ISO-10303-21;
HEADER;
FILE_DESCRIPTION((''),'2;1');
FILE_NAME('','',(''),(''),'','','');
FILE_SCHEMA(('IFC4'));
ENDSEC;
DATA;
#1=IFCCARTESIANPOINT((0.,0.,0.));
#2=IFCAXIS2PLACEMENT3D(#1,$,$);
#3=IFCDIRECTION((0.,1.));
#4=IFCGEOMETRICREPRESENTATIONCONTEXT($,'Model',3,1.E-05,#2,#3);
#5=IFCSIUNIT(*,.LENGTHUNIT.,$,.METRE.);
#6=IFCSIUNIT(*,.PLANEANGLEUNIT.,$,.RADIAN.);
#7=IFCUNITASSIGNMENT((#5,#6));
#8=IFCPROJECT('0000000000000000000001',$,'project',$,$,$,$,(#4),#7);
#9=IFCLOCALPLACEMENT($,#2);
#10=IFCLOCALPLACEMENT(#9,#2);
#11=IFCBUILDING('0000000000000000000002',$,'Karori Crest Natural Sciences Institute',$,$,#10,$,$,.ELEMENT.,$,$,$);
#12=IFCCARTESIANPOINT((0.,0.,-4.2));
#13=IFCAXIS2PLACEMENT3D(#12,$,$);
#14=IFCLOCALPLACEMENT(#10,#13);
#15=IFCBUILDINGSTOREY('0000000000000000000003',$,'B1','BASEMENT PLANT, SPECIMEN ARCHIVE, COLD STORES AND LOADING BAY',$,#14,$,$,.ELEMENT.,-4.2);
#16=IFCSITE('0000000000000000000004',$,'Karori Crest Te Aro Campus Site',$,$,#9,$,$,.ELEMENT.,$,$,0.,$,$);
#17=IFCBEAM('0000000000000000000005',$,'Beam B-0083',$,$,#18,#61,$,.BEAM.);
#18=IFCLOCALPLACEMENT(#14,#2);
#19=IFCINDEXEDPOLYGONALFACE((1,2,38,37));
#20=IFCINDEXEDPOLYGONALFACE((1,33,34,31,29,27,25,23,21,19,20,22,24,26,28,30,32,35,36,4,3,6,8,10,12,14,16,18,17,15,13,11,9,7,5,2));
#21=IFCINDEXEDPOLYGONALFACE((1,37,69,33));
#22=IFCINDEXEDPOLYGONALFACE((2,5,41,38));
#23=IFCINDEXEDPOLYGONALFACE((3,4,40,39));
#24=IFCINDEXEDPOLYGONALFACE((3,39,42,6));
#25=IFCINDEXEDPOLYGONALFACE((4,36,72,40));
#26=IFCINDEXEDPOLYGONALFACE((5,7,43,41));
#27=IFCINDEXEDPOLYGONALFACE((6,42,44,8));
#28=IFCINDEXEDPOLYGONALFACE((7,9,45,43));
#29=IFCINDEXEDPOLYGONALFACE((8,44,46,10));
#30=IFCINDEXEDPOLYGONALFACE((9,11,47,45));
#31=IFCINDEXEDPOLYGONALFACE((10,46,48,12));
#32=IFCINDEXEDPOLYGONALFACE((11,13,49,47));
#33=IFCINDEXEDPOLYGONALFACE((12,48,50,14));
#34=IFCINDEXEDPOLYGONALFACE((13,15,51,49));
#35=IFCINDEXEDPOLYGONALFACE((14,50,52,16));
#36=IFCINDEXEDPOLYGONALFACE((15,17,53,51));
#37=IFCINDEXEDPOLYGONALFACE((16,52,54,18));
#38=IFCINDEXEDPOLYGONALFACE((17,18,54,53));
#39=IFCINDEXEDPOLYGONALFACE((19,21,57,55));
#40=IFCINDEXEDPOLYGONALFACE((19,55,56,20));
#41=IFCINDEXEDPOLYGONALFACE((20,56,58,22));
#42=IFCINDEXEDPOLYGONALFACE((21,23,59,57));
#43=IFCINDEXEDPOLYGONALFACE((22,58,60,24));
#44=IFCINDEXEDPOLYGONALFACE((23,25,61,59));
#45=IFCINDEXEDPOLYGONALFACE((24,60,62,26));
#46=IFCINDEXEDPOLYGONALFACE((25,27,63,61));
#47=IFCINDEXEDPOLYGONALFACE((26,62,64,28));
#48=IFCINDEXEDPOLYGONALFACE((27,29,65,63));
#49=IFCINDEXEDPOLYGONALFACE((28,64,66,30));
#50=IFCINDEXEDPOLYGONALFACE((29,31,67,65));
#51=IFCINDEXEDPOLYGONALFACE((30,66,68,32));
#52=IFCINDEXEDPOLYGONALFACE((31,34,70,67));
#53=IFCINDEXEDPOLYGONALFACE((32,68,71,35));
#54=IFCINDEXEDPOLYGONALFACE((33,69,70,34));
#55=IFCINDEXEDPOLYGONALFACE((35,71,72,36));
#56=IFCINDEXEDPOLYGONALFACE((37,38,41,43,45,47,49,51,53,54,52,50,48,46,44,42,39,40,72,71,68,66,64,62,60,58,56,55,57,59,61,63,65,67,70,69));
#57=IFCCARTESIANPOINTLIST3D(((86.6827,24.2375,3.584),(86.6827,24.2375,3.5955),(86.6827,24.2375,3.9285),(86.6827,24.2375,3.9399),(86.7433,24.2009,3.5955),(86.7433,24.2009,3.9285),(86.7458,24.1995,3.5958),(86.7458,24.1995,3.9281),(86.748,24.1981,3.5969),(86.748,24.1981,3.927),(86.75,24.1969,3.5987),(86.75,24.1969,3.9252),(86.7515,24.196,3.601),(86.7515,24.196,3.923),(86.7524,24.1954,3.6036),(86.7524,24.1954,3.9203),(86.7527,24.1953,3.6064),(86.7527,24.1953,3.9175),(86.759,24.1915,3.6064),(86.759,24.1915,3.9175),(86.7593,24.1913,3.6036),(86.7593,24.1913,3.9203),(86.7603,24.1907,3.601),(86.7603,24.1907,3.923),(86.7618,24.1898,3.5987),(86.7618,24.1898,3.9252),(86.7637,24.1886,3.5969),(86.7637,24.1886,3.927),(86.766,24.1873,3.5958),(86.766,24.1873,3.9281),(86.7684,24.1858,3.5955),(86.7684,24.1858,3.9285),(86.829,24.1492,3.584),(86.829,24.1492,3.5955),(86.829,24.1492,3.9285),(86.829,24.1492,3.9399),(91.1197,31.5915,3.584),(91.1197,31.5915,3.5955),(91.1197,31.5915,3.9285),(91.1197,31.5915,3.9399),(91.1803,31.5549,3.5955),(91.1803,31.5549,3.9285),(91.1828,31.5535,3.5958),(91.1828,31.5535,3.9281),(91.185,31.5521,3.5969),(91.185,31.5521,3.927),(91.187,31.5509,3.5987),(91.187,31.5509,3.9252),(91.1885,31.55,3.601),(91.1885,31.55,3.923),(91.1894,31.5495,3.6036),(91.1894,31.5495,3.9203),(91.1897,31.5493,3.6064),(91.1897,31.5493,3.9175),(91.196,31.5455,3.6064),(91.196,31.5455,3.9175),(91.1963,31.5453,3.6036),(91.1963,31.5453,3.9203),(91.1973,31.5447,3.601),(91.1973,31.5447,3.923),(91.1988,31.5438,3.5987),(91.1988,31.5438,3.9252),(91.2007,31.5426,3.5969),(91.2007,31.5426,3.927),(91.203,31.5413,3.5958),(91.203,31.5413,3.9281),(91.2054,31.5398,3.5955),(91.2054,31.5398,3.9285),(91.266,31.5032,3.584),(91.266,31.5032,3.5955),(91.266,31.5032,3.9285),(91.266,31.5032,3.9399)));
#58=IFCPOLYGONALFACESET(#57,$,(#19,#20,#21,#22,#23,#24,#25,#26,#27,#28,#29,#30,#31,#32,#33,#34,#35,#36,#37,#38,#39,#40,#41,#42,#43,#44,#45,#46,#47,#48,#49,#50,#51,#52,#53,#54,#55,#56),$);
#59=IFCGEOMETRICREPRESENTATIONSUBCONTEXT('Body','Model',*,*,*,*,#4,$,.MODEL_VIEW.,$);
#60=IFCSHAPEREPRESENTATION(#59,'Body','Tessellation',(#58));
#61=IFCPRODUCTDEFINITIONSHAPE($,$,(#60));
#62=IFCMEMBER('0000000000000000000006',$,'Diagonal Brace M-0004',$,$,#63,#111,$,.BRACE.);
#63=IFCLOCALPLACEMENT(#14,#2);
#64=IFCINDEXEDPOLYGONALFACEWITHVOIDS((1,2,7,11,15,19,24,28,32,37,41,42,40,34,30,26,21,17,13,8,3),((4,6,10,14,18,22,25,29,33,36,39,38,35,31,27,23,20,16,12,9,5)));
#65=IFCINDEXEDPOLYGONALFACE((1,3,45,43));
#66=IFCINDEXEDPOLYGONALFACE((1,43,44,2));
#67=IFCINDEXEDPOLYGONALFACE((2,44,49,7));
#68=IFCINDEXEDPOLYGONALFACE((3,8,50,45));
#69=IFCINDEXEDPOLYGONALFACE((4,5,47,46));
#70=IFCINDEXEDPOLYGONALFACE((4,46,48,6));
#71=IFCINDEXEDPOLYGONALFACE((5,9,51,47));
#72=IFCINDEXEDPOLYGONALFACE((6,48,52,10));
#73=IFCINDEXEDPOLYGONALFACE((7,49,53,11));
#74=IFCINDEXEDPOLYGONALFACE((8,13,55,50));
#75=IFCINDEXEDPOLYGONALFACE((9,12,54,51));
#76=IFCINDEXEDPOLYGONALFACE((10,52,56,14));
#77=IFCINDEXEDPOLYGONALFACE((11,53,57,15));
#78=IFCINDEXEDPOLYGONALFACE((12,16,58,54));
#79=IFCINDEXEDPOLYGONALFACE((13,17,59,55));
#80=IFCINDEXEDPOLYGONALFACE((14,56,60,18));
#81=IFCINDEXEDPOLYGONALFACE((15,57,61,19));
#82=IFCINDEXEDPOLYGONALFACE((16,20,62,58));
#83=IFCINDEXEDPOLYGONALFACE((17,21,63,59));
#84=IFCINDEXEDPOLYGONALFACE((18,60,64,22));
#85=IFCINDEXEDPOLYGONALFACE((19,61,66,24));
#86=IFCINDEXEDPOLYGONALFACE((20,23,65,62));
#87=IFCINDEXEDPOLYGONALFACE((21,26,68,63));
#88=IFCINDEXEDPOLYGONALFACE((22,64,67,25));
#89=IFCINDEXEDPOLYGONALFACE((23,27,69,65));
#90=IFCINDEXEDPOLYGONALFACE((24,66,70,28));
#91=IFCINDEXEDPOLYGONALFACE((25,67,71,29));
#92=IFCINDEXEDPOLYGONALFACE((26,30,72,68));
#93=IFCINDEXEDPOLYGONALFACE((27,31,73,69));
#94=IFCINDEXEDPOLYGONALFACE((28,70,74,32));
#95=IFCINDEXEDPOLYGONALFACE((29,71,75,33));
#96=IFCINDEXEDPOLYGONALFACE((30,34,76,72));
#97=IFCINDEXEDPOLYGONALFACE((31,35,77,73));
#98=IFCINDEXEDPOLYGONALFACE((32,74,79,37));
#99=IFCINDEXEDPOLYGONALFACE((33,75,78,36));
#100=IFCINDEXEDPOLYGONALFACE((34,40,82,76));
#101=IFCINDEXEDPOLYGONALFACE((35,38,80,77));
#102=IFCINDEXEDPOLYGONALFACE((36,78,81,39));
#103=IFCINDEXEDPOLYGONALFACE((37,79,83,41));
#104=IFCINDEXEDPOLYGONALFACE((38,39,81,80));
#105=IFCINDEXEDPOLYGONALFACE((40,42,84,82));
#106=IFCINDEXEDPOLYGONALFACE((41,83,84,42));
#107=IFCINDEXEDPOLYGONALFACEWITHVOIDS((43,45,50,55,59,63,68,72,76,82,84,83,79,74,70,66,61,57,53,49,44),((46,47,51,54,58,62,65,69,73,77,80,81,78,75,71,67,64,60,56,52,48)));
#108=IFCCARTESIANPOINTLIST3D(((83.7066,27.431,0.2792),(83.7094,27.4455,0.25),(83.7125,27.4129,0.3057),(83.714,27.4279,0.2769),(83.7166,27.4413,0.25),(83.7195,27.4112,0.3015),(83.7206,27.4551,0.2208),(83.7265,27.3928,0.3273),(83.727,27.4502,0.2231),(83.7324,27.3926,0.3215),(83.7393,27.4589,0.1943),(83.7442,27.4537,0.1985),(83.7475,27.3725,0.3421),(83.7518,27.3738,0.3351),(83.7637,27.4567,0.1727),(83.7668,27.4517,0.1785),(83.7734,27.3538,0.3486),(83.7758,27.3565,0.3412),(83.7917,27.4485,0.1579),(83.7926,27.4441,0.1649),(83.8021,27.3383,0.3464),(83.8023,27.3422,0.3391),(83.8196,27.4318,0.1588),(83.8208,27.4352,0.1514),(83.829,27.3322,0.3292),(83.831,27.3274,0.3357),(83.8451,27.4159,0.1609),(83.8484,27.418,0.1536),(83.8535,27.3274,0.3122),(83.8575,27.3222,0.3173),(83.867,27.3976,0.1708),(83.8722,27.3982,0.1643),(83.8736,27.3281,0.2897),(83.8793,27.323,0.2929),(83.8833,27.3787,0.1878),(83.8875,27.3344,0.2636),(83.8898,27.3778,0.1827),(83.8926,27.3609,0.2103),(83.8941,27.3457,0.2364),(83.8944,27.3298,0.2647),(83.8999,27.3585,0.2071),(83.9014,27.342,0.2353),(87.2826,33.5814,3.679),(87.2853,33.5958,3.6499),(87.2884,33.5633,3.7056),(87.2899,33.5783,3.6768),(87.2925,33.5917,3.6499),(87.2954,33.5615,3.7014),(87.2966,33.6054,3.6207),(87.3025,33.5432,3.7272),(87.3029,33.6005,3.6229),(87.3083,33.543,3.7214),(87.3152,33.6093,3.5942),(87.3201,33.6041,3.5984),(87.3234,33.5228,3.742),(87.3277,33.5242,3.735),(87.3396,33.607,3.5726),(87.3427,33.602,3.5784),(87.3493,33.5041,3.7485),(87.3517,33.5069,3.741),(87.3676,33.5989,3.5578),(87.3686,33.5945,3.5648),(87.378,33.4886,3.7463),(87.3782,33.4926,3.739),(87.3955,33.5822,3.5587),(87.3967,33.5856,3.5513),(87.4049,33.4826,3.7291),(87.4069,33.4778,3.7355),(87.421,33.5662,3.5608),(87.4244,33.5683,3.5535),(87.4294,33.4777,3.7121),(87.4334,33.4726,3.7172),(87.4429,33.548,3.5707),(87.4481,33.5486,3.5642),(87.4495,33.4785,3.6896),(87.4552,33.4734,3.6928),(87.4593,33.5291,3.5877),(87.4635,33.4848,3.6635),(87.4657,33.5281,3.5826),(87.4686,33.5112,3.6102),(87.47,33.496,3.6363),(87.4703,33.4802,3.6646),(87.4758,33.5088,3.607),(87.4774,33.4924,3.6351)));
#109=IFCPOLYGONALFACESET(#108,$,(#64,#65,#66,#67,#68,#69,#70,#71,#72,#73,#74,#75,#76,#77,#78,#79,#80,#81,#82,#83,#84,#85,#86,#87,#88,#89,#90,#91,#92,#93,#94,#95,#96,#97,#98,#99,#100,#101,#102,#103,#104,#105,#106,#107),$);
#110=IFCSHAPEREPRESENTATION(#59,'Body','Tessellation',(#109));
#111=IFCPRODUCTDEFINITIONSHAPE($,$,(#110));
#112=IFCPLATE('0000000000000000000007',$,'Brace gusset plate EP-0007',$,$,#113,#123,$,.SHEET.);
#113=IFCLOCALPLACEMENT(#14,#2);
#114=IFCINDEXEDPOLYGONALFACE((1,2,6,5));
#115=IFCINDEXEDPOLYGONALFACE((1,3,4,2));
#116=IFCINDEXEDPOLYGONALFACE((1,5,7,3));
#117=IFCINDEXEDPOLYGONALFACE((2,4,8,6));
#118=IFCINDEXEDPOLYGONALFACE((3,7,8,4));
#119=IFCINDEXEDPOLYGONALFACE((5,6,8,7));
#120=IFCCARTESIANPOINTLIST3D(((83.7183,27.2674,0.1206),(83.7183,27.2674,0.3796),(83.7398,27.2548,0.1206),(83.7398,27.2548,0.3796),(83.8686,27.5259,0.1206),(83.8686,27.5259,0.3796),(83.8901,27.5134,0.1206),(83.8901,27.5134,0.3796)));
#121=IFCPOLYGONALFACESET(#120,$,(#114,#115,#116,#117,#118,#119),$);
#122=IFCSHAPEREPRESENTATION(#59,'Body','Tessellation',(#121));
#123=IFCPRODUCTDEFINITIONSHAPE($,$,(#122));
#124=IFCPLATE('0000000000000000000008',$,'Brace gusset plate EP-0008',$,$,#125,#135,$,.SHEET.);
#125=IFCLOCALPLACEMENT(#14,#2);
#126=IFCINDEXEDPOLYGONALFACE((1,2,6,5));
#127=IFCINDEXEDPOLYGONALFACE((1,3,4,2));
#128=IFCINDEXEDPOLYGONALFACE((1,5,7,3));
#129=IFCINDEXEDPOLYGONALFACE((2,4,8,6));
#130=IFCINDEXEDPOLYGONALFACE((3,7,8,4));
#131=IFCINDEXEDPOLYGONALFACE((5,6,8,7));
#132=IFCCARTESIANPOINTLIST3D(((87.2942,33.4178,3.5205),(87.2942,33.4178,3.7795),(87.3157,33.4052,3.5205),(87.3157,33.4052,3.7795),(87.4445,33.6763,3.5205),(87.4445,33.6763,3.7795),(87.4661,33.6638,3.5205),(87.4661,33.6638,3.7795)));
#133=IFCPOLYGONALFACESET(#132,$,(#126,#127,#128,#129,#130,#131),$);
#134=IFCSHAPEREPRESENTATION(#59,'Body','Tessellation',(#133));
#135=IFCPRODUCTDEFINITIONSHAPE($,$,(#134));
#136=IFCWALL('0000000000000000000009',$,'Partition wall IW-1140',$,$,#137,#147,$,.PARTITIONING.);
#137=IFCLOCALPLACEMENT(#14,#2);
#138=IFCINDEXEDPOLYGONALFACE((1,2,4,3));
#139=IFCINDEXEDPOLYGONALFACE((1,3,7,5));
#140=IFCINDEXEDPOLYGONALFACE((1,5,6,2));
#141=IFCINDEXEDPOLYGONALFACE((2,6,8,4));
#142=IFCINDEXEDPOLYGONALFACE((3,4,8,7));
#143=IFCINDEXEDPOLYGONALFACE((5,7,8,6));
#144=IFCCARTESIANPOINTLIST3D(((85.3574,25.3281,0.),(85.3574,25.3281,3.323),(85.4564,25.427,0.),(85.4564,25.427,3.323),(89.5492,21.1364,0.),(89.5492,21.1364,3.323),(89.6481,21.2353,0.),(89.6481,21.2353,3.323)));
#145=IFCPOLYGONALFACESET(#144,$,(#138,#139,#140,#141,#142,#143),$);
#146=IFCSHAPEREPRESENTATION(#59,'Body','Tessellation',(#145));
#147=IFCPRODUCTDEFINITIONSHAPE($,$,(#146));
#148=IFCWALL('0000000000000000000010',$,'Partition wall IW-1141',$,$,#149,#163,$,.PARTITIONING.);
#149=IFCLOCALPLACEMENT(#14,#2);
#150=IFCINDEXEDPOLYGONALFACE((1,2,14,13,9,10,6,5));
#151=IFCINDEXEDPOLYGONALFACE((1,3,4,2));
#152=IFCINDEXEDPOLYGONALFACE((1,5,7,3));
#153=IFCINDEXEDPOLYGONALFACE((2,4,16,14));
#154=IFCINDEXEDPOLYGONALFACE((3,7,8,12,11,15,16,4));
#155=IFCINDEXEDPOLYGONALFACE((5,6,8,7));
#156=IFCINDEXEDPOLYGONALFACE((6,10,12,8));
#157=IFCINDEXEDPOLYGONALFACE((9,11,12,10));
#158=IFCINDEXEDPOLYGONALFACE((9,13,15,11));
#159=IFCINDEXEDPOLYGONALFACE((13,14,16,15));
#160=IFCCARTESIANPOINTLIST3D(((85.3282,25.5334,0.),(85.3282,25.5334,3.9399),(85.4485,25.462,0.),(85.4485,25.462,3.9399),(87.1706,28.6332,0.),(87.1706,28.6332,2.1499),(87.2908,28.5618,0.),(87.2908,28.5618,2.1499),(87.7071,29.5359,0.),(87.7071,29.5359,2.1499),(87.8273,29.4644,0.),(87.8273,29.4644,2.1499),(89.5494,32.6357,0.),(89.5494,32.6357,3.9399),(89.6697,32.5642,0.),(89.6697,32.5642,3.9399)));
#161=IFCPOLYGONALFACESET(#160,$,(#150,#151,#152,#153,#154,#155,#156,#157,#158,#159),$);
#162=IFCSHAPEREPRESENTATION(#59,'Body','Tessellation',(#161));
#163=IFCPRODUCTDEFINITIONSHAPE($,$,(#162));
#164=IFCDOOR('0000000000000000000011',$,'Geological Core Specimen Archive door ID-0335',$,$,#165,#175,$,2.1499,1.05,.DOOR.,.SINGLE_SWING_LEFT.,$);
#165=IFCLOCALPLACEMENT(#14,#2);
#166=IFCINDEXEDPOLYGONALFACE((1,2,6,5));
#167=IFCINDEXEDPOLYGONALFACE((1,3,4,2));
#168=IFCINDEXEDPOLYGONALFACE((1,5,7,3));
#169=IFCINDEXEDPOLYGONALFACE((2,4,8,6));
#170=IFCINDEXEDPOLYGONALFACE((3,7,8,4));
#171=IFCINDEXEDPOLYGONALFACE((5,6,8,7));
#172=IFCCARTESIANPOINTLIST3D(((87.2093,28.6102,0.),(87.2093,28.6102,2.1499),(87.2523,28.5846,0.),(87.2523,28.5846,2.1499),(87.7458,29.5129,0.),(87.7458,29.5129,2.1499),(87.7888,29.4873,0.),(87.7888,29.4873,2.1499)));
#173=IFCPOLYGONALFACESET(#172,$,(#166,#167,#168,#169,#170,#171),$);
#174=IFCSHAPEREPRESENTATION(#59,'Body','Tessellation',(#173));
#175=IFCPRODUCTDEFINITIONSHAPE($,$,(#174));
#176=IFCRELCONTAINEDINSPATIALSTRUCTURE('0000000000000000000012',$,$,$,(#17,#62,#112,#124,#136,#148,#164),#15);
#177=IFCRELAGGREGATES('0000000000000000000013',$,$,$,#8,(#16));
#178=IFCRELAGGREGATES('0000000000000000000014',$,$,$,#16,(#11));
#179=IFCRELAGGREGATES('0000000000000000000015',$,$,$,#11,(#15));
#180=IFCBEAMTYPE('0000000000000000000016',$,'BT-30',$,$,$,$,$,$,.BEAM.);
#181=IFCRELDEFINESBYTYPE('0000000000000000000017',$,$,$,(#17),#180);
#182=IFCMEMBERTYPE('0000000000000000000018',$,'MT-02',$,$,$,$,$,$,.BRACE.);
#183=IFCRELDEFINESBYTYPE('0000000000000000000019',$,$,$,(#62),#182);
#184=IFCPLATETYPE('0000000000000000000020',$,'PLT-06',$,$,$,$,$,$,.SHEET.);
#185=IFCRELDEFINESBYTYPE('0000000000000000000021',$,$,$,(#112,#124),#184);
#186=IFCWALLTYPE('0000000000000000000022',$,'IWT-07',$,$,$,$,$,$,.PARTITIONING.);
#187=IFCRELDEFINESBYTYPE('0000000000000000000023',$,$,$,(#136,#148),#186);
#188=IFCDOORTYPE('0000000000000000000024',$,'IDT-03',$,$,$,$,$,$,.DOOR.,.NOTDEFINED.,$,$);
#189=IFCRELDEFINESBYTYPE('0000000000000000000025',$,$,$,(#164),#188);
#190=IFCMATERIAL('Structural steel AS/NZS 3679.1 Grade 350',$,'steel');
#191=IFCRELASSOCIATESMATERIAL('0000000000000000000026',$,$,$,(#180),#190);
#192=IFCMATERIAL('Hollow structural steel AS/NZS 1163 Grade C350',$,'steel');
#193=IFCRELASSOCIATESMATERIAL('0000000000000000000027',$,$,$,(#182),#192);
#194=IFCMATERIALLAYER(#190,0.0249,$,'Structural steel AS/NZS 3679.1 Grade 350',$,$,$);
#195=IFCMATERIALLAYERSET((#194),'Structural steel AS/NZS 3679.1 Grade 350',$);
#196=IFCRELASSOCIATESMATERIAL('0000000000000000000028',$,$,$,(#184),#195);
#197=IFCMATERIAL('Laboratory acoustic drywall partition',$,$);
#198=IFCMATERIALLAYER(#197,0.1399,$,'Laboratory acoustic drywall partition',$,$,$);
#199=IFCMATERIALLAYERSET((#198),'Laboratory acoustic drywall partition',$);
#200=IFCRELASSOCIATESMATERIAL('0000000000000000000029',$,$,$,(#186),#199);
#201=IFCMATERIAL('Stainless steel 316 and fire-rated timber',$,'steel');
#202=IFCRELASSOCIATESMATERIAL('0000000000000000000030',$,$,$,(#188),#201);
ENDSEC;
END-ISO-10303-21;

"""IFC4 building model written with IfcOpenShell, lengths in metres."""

from ifc_helpers import new_model, si_unit, direction, frame, frame_2d, origin, origin_2d, place, context, subcontext, project, spatial, rectangle, hollow_circle, i_section, extrude, material, layer, layer_set, material_profile, profile_set, type_object, element, fill, save


model = new_model("IFC4")

# Units and contexts
model_context = context("Model", 3, precision=1e-05, world=origin(), true_north=direction((0.0, 1.0)))
body_context = subcontext(model_context, "Body", "Model", "MODEL_VIEW")
ifc_project = project(units=[si_unit("LENGTHUNIT", "METRE"), si_unit("PLANEANGLEUNIT", "RADIAN")], contexts=[model_context])

# Site, building, storey
site_placement = place(None, origin())
site = spatial("IfcSite", under=ifc_project, at=site_placement, Name="Karori Crest Te Aro Campus Site", CompositionType="ELEMENT", RefElevation=0.0)
building_placement = place(site_placement, origin())
building = spatial("IfcBuilding", under=site, at=building_placement, Name="Karori Crest Natural Sciences Institute", CompositionType="ELEMENT")
storey_placement = place(building_placement, frame((0.0, 0.0, -4.2)))
storey = spatial("IfcBuildingStorey", under=building, at=storey_placement, Name="B1", Description="BASEMENT PLANT, SPECIMEN ARCHIVE, COLD STORES AND LOADING BAY", CompositionType="ELEMENT", Elevation=-4.2)

# Shared definitions
ifc_material_1 = material(Name="Structural steel AS/NZS 3679.1 Grade 350", Category="steel")
ifc_material_2 = material(Name="Hollow structural steel AS/NZS 1163 Grade C350", Category="steel")

# Beam
ifc_material_profile_1 = material_profile(ifc_material_1, i_section(OverallWidth=0.1709, OverallDepth=0.356, WebThickness=0.0073, FlangeThickness=0.0115, FilletRadius=0.011, at=origin_2d()), Name="360UB50.7")
ifc_profile_set_1 = profile_set([ifc_material_profile_1], Name="Structural steel AS/NZS 3679.1 Grade 350")
beam_type_1 = type_object("IfcBeamType", Name="BT-30", PredefinedType="BEAM", material=ifc_profile_set_1)
beam_1_placement = place(storey_placement, frame((86.7559, 24.1934, 3.762), z_axis=(0.516601, 0.856226, 0.0), x_axis=(-0.856226, 0.516601, 0.0)))
element("IfcBeam", 1, at=beam_1_placement, inside=storey, type_object=beam_type_1, Name="Beam B-0083", PredefinedType="BEAM", context=body_context, shape_type="SweptSolid", body=[
    extrude(i_section(OverallWidth=0.1709, OverallDepth=0.356, WebThickness=0.0073, FlangeThickness=0.0115, FilletRadius=0.011, at=origin_2d()), origin(), (0.0, 0.0, 1.0), 8.5889),
])

# Member
ifc_material_profile_2 = material_profile(ifc_material_2, hollow_circle(Radius=0.1096, WallThickness=0.0083, at=origin_2d()), Name="CHS219.1x8.2")
ifc_profile_set_2 = profile_set([ifc_material_profile_2], Name="Hollow structural steel AS/NZS 1163 Grade C350")
member_type = type_object("IfcMemberType", Name="MT-02", PredefinedType="BRACE", material=ifc_profile_set_2)
member_placement = place(storey_placement, frame((83.8042, 27.3904, 0.25), z_axis=(0.453508, 0.780007, 0.431184), x_axis=(-0.8645, 0.502633, 0.0)))
element("IfcMember", 2, at=member_placement, inside=storey, type_object=member_type, Name="Diagonal Brace M-0004", PredefinedType="BRACE", context=body_context, shape_type="SweptSolid", body=[
    extrude(hollow_circle(Radius=0.1096, WallThickness=0.0083, at=origin_2d()), origin(), (0.0, 0.0, 1.0), 7.885),
])

# Plates
ifc_layer_1 = layer(ifc_material_1, 0.0249, Name="Structural steel AS/NZS 3679.1 Grade 350")
ifc_layer_set_1 = layer_set([ifc_layer_1], Name="Structural steel AS/NZS 3679.1 Grade 350")
plate_type = type_object("IfcPlateType", Name="PLT-06", PredefinedType="SHEET", material=ifc_layer_set_1)
for number, where, z_axis, x_axis, name in (
    (3, (83.8042, 27.3904, 0.1206), (0.0, 0.0, 1.0), (0.502652, 0.864489, 0.0), "Brace gusset plate EP-0007"),
    (4, (87.3801, 33.5408, 3.5205), (0.0, 0.0, 1.0), (0.502652, 0.864489, 0.0), "Brace gusset plate EP-0008"),
):
    element("IfcPlate", number, at=place(storey_placement, frame(where, z_axis=z_axis, x_axis=x_axis)), inside=storey, type_object=plate_type, Name=name, PredefinedType="SHEET", context=body_context, shape_type="SweptSolid", body=[
        extrude(rectangle(XDim=0.2991, YDim=0.0249, at=origin_2d()), origin(), (0.0, 0.0, 1.0), 0.259),
    ])

# Wall
ifc_material_3 = material(Name="Laboratory acoustic drywall partition")
ifc_layer_2 = layer(ifc_material_3, 0.1399, Name="Laboratory acoustic drywall partition")
ifc_layer_set_2 = layer_set([ifc_layer_2], Name="Laboratory acoustic drywall partition")
wall_type = type_object("IfcWallType", Name="IWT-07", PredefinedType="PARTITIONING", material=ifc_layer_set_2)
wall_1_placement = place(storey_placement, frame((85.407, 25.3774, 0.0), z_axis=(0.0, 0.0, 1.0), x_axis=(0.707107, -0.707107, 0.0)))
element("IfcWall", 5, at=wall_1_placement, inside=storey, type_object=wall_type, Name="Partition wall IW-1140", PredefinedType="PARTITIONING", context=body_context, shape_type="SweptSolid", body=[
    extrude(rectangle(XDim=5.928, YDim=0.1399, at=frame_2d((2.9639, 0.0))), origin(), (0.0, 0.0, 1.0), 3.323),
])

# Wall, opening, door
wall_2_placement = place(storey_placement, frame((85.3884, 25.4978, 0.0), z_axis=(0.0, 0.0, 1.0), x_axis=(0.510915, 0.859631, 0.0)))
wall_2 = element("IfcWall", 6, at=wall_2_placement, inside=storey, type_object=wall_type, Name="Partition wall IW-1141", PredefinedType="PARTITIONING", context=body_context, shape_type="SweptSolid", body=[
    extrude(rectangle(XDim=8.262, YDim=0.1399, at=frame_2d((4.1309, 0.0))), origin(), (0.0, 0.0, 1.0), 3.9399),
])
opening_placement = place(wall_2_placement, frame((3.606, 0.0, 0.0)))
opening = element("IfcOpeningElement", 7, at=opening_placement, cuts=wall_2, PredefinedType="OPENING", context=body_context, shape_type="SweptSolid", body=[
    extrude(rectangle(XDim=1.05, YDim=2.1499, at=frame_2d((0.5249, 1.075))), frame((0.0, 0.0801, 0.0), z_axis=(0.0, -1.0, 0.0), x_axis=(1.0, 0.0, 0.0)), (0.0, 0.0, 1.0), 0.1599),
])
ifc_material_4 = material(Name="Stainless steel 316 and fire-rated timber", Category="steel")
door_type = type_object("IfcDoorType", Name="IDT-03", OperationType="NOTDEFINED", PredefinedType="DOOR", material=ifc_material_4)
door_placement = place(opening_placement, origin())
door = element("IfcDoor", 8, at=door_placement, inside=storey, type_object=door_type, Name="Geological Core Specimen Archive door ID-0335", OperationType="SINGLE_SWING_LEFT", OverallHeight=2.1499, OverallWidth=1.05, PredefinedType="DOOR", context=body_context, shape_type="SweptSolid", body=[
    extrude(rectangle(XDim=1.05, YDim=2.1499, at=frame_2d((0.5249, 1.075))), frame((0.0, 0.0249, 0.0), z_axis=(0.0, -1.0, 0.0), x_axis=(1.0, 0.0, 0.0)), (0.0, 0.0, 1.0), 0.05),
])
fill(opening, door)

save(model, "model.ifc")
